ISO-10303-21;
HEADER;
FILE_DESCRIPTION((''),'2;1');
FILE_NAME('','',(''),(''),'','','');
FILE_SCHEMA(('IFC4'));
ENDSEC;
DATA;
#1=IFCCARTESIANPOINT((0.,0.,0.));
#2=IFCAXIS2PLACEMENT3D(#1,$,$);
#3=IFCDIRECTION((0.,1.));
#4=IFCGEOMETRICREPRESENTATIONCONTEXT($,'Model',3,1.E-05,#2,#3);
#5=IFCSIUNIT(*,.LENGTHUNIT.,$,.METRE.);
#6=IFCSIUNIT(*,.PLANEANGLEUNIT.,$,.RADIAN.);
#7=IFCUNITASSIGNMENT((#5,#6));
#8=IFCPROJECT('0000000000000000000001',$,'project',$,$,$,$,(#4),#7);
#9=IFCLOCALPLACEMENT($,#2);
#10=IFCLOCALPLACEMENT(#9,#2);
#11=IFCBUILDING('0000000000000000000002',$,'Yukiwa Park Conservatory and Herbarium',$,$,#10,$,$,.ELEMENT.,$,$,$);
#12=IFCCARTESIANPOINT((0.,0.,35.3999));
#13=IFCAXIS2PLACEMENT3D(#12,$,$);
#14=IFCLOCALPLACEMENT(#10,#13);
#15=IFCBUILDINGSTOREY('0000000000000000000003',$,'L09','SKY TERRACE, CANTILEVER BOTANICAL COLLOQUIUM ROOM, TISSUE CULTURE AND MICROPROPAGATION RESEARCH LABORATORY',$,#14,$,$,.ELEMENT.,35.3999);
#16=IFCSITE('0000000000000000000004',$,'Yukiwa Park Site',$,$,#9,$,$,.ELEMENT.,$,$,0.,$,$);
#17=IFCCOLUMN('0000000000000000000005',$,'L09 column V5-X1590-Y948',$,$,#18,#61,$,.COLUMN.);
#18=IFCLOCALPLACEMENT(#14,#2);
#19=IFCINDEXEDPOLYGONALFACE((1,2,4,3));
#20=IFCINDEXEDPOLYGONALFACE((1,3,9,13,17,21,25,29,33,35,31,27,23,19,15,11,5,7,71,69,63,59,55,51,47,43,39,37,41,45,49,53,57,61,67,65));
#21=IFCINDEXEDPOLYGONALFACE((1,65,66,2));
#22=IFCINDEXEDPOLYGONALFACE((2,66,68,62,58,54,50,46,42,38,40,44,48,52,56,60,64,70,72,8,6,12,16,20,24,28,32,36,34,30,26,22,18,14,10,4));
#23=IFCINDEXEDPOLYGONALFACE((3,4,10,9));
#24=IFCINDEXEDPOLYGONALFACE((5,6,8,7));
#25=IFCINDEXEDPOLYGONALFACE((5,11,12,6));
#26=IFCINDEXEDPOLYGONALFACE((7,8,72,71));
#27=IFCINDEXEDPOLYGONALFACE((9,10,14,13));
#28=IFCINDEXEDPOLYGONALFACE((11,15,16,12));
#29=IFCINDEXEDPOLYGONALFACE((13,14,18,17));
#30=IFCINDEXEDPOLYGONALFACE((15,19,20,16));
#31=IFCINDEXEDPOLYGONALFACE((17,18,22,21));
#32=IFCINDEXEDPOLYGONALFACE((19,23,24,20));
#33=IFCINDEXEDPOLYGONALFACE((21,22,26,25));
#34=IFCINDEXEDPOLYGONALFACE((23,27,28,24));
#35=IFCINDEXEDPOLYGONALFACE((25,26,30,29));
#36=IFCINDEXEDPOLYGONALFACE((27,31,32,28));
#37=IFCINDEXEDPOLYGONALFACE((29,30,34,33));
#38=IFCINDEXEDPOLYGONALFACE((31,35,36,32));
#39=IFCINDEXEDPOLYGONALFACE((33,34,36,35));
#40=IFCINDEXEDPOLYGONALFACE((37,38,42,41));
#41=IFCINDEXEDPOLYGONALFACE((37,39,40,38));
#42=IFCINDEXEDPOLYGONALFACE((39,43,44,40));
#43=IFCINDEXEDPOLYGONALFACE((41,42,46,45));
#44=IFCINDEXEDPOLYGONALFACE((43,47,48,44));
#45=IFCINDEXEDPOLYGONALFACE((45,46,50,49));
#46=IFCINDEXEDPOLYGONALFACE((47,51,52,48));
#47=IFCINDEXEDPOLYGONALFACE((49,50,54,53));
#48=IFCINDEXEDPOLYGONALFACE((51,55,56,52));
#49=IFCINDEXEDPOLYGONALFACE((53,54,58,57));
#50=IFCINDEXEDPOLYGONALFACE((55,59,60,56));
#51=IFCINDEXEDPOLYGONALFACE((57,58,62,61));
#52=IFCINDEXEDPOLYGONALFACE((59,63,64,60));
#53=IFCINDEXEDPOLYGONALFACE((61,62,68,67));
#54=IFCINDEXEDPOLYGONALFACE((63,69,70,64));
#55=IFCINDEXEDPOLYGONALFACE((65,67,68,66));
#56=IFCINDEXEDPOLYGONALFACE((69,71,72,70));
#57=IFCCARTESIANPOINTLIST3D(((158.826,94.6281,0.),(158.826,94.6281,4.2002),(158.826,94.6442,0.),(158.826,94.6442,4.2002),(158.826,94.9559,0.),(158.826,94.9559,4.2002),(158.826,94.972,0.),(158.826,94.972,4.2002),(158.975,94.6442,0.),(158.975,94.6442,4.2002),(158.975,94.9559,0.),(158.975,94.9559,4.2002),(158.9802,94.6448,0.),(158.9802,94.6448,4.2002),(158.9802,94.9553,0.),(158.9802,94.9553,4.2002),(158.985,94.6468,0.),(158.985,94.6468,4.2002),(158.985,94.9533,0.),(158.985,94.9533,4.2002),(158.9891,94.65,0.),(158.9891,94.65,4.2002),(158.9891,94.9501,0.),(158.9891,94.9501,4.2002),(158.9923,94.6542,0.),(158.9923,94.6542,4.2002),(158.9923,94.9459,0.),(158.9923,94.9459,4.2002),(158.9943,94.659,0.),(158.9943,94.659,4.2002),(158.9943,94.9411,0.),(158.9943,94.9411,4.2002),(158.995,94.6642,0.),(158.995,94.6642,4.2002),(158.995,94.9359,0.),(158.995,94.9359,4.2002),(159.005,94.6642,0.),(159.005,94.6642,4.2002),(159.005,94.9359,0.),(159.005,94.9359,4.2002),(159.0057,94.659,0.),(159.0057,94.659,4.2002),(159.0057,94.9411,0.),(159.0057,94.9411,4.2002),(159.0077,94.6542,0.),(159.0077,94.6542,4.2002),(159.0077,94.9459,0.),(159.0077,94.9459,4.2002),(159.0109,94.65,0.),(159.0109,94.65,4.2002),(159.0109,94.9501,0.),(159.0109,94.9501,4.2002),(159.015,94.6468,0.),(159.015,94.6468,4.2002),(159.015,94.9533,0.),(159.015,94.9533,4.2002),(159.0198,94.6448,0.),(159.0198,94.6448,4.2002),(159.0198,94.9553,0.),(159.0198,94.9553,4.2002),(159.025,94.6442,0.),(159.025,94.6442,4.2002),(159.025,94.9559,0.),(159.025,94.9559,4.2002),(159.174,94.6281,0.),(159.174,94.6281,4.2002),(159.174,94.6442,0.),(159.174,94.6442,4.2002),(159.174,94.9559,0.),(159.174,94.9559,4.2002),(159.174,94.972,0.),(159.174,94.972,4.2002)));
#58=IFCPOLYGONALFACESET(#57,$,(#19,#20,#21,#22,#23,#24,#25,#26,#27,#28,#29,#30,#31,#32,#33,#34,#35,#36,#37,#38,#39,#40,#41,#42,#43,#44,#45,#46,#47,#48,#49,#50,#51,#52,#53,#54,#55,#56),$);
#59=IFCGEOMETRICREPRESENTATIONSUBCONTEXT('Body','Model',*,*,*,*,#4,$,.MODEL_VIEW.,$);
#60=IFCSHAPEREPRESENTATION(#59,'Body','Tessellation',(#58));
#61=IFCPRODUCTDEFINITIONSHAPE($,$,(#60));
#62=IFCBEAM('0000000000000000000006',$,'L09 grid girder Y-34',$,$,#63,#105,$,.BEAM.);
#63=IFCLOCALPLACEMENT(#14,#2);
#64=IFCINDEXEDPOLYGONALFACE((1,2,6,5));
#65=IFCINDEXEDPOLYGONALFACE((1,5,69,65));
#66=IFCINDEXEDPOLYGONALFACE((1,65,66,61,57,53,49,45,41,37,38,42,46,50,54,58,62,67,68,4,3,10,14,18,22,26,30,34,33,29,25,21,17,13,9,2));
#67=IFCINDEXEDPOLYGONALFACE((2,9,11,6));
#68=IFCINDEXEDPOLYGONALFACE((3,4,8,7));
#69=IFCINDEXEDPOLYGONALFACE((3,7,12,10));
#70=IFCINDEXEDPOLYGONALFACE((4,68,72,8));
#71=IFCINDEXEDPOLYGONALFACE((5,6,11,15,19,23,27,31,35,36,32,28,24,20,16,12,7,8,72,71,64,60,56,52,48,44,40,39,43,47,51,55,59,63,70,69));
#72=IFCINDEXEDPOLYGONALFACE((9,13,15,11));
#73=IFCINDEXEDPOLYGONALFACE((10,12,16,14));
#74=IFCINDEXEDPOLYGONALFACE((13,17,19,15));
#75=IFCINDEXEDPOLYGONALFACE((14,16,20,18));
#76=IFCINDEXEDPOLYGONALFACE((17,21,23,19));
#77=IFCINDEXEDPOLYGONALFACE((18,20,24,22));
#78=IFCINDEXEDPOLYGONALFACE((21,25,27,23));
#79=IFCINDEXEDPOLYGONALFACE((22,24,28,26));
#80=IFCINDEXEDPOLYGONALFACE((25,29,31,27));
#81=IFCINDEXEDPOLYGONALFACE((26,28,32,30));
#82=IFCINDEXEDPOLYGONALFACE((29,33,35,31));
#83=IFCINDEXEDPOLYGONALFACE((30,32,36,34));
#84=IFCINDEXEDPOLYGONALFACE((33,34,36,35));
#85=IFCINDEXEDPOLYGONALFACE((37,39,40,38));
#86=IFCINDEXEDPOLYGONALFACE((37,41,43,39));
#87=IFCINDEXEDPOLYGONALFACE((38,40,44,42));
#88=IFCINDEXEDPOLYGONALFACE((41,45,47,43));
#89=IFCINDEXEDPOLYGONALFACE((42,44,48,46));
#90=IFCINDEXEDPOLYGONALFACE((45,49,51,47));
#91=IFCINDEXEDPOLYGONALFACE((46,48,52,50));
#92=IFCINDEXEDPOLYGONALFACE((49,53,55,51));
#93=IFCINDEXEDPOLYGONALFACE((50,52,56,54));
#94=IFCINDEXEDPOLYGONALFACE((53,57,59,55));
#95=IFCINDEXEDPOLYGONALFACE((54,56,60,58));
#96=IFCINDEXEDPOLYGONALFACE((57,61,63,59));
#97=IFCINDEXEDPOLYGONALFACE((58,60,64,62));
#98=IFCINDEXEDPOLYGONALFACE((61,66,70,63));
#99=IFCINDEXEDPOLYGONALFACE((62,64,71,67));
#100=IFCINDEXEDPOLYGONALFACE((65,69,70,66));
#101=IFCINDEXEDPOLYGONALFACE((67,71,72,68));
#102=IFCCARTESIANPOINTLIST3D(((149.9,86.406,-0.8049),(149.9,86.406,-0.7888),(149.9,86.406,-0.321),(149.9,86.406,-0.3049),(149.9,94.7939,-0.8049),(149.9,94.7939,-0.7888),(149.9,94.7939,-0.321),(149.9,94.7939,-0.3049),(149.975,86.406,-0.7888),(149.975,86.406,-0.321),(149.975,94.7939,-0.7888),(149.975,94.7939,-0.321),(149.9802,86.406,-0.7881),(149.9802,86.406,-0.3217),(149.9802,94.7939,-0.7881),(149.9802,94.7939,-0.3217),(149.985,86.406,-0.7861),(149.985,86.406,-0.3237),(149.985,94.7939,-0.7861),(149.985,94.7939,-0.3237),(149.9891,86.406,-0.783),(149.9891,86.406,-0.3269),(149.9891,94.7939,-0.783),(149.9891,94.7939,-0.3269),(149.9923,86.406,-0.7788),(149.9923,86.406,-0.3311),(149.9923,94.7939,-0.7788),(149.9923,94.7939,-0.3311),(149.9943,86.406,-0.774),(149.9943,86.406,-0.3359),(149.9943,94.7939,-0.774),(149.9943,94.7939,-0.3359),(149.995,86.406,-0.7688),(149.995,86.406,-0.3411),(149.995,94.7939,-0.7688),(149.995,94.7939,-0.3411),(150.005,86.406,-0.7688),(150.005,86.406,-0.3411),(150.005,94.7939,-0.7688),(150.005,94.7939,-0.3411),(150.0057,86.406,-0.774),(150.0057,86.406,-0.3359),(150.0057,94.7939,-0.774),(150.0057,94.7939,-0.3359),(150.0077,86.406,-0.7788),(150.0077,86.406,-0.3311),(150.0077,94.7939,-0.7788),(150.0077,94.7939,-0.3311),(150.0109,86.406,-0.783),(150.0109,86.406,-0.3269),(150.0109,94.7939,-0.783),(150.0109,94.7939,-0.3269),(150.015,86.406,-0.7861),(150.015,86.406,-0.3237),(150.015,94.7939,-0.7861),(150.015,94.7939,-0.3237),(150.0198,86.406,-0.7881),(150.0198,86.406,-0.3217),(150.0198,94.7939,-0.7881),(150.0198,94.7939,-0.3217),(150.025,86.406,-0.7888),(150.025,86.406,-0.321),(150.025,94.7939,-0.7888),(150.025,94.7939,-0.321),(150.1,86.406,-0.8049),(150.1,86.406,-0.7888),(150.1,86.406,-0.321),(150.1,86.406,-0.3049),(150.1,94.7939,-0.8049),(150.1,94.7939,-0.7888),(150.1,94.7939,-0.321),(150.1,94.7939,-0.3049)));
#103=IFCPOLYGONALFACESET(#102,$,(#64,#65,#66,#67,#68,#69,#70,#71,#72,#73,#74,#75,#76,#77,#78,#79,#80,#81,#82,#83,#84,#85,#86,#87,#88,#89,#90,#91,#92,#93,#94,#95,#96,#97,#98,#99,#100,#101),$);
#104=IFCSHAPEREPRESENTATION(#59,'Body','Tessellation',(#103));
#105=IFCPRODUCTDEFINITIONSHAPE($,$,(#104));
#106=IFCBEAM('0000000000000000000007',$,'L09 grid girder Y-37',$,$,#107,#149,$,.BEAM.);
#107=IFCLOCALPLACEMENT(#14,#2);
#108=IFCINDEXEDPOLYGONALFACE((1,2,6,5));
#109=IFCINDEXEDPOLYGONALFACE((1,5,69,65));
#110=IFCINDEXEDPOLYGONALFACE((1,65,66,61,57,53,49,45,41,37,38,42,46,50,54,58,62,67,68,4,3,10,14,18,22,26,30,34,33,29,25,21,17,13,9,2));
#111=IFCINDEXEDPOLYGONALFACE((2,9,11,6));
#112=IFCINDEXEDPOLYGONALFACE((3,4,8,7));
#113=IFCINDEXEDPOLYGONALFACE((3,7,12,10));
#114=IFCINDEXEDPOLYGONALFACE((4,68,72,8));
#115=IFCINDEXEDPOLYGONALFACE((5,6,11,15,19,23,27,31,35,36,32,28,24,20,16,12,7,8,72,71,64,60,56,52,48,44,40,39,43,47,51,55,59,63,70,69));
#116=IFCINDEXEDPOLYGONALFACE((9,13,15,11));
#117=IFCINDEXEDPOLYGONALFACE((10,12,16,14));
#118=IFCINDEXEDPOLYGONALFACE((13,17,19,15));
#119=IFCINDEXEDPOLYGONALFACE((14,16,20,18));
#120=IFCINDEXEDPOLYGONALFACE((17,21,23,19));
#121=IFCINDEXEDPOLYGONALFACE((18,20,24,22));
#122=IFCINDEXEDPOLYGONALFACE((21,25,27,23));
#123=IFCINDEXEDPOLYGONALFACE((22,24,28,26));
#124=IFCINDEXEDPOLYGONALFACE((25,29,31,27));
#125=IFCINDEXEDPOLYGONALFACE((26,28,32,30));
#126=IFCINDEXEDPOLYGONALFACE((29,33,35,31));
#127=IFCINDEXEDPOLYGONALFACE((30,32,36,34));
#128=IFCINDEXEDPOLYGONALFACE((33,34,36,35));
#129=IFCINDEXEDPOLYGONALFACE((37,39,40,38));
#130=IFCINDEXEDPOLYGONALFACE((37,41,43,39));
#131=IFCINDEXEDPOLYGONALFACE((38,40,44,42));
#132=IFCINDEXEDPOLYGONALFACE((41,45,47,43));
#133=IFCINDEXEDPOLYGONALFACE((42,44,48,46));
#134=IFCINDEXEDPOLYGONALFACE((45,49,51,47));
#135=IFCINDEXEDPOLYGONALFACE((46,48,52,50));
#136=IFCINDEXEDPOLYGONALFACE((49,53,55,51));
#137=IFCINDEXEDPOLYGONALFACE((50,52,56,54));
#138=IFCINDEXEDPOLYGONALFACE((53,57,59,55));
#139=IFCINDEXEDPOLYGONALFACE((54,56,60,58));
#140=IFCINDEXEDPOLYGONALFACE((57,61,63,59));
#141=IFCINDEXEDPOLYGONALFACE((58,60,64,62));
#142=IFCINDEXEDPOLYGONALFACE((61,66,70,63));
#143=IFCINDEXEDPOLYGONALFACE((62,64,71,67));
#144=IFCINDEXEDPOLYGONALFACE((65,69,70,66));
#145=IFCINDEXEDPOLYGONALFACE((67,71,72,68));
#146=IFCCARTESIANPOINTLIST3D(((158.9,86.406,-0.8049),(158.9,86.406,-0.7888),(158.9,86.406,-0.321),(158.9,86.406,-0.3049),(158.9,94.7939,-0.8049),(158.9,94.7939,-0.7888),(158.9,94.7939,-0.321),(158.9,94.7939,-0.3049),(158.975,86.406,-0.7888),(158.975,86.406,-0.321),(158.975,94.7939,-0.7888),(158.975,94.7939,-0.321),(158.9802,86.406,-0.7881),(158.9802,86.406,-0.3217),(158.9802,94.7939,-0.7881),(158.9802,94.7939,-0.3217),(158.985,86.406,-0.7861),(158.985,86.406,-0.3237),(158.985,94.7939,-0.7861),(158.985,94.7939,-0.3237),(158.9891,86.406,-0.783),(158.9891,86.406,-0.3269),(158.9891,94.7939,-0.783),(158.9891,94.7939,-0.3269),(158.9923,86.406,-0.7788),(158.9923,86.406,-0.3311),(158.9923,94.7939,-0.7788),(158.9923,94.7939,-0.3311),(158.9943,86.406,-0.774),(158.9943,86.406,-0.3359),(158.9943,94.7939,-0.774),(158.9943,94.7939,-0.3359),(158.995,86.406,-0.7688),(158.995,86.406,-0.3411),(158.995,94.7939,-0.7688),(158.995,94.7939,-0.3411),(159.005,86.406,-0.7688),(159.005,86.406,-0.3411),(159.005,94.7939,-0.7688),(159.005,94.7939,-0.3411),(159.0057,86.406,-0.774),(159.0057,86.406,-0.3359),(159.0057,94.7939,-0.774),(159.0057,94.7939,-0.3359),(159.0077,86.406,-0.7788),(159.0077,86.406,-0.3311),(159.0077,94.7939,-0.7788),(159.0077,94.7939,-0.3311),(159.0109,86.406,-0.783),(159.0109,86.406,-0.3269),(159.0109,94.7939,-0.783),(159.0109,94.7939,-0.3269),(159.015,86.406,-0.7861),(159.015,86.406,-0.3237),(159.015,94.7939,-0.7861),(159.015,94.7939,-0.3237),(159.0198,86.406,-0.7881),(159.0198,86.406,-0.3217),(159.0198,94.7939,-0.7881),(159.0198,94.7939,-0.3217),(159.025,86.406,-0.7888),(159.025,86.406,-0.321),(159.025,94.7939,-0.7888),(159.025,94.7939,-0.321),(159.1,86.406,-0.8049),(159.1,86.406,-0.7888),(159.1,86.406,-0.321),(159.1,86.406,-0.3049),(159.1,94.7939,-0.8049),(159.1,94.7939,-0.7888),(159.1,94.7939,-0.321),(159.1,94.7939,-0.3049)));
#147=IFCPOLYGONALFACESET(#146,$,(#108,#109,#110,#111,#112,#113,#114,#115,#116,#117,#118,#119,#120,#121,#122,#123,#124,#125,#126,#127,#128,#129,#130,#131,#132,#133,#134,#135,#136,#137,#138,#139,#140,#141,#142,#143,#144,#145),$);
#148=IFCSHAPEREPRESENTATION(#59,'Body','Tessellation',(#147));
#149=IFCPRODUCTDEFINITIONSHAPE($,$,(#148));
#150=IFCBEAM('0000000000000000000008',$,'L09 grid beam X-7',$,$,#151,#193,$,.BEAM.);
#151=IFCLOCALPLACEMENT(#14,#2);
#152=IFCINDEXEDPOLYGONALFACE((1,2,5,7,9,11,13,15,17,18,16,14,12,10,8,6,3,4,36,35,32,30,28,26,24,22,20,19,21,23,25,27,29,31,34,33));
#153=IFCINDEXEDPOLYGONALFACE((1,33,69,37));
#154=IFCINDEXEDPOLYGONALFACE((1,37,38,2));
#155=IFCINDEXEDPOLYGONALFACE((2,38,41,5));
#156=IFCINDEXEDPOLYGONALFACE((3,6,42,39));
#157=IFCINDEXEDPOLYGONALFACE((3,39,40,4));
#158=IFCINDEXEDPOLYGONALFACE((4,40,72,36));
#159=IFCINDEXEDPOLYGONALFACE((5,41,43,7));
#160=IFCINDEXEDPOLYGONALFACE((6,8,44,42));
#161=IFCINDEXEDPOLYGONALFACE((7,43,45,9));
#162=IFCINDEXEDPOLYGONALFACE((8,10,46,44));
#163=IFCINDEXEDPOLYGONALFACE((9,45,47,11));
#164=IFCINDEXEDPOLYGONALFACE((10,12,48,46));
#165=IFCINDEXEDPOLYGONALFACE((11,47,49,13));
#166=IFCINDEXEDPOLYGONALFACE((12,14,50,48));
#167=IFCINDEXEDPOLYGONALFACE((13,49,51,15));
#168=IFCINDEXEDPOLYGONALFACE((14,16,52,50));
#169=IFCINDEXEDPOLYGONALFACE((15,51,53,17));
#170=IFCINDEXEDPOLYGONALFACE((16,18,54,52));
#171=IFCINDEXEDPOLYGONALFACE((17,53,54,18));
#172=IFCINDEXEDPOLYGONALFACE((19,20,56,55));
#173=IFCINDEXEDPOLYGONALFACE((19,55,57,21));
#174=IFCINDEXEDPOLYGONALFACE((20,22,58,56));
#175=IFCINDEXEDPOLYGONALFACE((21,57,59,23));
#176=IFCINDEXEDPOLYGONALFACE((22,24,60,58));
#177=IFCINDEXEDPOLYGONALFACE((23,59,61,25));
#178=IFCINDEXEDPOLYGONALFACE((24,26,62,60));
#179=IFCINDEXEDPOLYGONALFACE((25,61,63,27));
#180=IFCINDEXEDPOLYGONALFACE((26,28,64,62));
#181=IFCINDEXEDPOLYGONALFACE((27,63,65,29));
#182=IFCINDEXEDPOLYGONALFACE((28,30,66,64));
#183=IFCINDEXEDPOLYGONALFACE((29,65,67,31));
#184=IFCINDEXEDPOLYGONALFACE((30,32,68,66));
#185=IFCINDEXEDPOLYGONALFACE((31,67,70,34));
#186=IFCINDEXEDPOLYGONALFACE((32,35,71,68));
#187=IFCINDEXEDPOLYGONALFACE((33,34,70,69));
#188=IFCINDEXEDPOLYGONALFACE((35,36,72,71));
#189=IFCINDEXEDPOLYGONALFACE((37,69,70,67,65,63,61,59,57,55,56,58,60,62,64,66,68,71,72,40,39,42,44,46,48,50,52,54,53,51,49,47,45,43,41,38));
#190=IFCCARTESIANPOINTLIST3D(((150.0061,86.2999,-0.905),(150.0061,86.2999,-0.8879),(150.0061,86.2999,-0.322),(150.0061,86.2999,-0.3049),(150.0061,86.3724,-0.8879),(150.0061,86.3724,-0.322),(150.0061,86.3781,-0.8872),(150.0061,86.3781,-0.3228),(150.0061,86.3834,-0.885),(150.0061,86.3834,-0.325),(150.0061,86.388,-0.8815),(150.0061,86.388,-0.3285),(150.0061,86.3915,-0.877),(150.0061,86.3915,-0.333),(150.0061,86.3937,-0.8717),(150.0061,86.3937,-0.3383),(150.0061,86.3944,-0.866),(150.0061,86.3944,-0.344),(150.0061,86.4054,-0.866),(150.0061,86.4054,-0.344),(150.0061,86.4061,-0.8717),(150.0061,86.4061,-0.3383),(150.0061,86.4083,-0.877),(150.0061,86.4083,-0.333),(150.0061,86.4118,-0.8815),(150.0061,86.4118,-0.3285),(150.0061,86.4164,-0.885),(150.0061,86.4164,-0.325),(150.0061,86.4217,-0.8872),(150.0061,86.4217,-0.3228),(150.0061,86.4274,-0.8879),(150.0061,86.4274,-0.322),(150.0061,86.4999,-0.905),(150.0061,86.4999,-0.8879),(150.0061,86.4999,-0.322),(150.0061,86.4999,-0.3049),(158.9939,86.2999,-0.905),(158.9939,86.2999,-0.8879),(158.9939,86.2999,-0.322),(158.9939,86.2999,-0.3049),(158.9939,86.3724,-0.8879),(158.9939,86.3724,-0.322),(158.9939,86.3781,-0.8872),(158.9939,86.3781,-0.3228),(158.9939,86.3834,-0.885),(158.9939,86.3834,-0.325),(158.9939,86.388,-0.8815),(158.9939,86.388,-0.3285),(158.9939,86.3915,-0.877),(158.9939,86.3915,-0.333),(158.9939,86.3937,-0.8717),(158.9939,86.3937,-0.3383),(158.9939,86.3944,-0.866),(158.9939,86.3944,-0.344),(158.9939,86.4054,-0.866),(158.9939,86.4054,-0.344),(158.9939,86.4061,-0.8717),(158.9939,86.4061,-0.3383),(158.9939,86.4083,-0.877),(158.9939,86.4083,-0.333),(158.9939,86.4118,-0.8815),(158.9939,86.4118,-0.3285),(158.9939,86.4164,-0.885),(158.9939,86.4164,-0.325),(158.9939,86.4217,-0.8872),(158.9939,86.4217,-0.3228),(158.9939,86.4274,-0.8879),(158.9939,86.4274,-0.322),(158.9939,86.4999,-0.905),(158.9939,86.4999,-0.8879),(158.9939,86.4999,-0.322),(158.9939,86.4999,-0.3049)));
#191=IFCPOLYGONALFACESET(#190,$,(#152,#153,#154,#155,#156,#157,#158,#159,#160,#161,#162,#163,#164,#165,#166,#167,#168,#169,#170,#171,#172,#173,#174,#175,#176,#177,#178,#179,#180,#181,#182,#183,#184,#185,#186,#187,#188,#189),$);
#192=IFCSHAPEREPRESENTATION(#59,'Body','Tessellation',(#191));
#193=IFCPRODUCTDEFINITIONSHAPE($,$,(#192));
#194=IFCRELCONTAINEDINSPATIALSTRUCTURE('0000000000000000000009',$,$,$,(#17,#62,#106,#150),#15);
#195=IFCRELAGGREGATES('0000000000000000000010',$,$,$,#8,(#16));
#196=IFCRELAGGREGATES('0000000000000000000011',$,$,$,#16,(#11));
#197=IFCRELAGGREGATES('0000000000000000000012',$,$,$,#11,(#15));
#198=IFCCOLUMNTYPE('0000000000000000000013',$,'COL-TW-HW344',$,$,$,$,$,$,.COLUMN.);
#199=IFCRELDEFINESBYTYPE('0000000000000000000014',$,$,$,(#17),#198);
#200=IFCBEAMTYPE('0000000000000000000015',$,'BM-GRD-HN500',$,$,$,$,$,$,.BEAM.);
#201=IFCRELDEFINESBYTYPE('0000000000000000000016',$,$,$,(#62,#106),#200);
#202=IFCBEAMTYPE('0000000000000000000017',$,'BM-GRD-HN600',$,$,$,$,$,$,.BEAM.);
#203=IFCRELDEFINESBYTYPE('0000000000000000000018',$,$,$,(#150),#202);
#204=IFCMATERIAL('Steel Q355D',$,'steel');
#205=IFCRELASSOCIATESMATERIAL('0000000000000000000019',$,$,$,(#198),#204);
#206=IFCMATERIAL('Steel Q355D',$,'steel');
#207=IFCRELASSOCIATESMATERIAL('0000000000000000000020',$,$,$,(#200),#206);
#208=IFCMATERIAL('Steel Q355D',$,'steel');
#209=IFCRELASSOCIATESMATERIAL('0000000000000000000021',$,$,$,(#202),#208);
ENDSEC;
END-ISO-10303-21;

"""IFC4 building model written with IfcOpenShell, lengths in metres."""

from ifc_helpers import new_model, si_unit, direction, frame, origin, origin_2d, place, context, subcontext, project, spatial, i_section, extrude, material, material_profile, profile_set, type_object, element, save


model = new_model("IFC4")

# Units and contexts
model_context = context("Model", 3, precision=1e-05, world=origin(), true_north=direction((0.0, 1.0)))
body_context = subcontext(model_context, "Body", "Model", "MODEL_VIEW")
ifc_project = project(units=[si_unit("LENGTHUNIT", "METRE"), si_unit("PLANEANGLEUNIT", "RADIAN")], contexts=[model_context])

# Site, building, storey
site_placement = place(None, origin())
site = spatial("IfcSite", under=ifc_project, at=site_placement, Name="Yukiwa Park Site", CompositionType="ELEMENT", RefElevation=0.0)
building_placement = place(site_placement, origin())
building = spatial("IfcBuilding", under=site, at=building_placement, Name="Yukiwa Park Conservatory and Herbarium", CompositionType="ELEMENT")
storey_placement = place(building_placement, frame((0.0, 0.0, 35.3999)))
storey = spatial("IfcBuildingStorey", under=building, at=storey_placement, Name="L09", Description="SKY TERRACE, CANTILEVER BOTANICAL COLLOQUIUM ROOM, TISSUE CULTURE AND MICROPROPAGATION RESEARCH LABORATORY", CompositionType="ELEMENT", Elevation=35.3999)

# Column
ifc_material_1 = material(Name="Steel Q355D", Category="steel")
ifc_material_profile_1 = material_profile(ifc_material_1, i_section(OverallWidth=0.3479, OverallDepth=0.344, WebThickness=0.01, FlangeThickness=0.0161, FilletRadius=0.02, at=origin_2d()), Name="HW 344x348x10x16")
ifc_profile_set_1 = profile_set([ifc_material_profile_1], Name="Steel Q355D")
column_type_1 = type_object("IfcColumnType", Name="COL-TW-HW344", PredefinedType="COLUMN", material=ifc_profile_set_1)
for number, where, z_axis, x_axis, name in (
    (1, (159.0, 94.8, 0.0), (0.0, 0.0, 1.0), (1.0, 0.0, 0.0), "L09 column V5-X1590-Y948"),
):
    element("IfcColumn", number, at=place(storey_placement, frame(where, z_axis=z_axis, x_axis=x_axis)), inside=storey, type_object=column_type_1, Name=name, PredefinedType="COLUMN", context=body_context, shape_type="SweptSolid", body=[
        extrude(i_section(OverallWidth=0.3479, OverallDepth=0.344, WebThickness=0.01, FlangeThickness=0.0161, FilletRadius=0.02, at=origin_2d()), origin(), (0.0, 0.0, 1.0), 4.2002),
    ])

# Beams
ifc_material_2 = material(Name="Steel Q355D", Category="steel")
ifc_material_profile_2 = material_profile(ifc_material_2, i_section(OverallWidth=0.2, OverallDepth=0.5, WebThickness=0.01, FlangeThickness=0.0161, FilletRadius=0.02, at=origin_2d()), Name="HN 500x200x10x16")
ifc_profile_set_2 = profile_set([ifc_material_profile_2], Name="Steel Q355D")
beam_type_1 = type_object("IfcBeamType", Name="BM-GRD-HN500", PredefinedType="BEAM", material=ifc_profile_set_2)
for number, where, z_axis, x_axis, name in (
    (2, (150.0, 86.406, -0.5549), (0.0, 1.0, 0.0), (-1.0, 0.0, 0.0), "L09 grid girder Y-34"),
    (3, (159.0, 86.406, -0.5549), (0.0, 1.0, 0.0), (-1.0, 0.0, 0.0), "L09 grid girder Y-37"),
):
    element("IfcBeam", number, at=place(storey_placement, frame(where, z_axis=z_axis, x_axis=x_axis)), inside=storey, type_object=beam_type_1, Name=name, PredefinedType="BEAM", context=body_context, shape_type="SweptSolid", body=[
        extrude(i_section(OverallWidth=0.2, OverallDepth=0.5, WebThickness=0.01, FlangeThickness=0.0161, FilletRadius=0.02, at=origin_2d()), origin(), (0.0, 0.0, 1.0), 8.3879),
    ])
ifc_material_3 = material(Name="Steel Q355D", Category="steel")
ifc_material_profile_3 = material_profile(ifc_material_3, i_section(OverallWidth=0.2, OverallDepth=0.6001, WebThickness=0.011, FlangeThickness=0.0171, FilletRadius=0.022, at=origin_2d()), Name="HN 600x200x11x17")
ifc_profile_set_3 = profile_set([ifc_material_profile_3], Name="Steel Q355D")
beam_type_2 = type_object("IfcBeamType", Name="BM-GRD-HN600", PredefinedType="BEAM", material=ifc_profile_set_3)
for number, where, z_axis, x_axis, name in (
    (4, (150.0061, 86.3999, -0.605), (1.0, 0.0, 0.0), (0.0, 1.0, 0.0), "L09 grid beam X-7"),
):
    element("IfcBeam", number, at=place(storey_placement, frame(where, z_axis=z_axis, x_axis=x_axis)), inside=storey, type_object=beam_type_2, Name=name, PredefinedType="BEAM", context=body_context, shape_type="SweptSolid", body=[
        extrude(i_section(OverallWidth=0.2, OverallDepth=0.6001, WebThickness=0.011, FlangeThickness=0.0171, FilletRadius=0.022, at=origin_2d()), origin(), (0.0, 0.0, 1.0), 8.9878),
    ])

save(model, "model.ifc")
